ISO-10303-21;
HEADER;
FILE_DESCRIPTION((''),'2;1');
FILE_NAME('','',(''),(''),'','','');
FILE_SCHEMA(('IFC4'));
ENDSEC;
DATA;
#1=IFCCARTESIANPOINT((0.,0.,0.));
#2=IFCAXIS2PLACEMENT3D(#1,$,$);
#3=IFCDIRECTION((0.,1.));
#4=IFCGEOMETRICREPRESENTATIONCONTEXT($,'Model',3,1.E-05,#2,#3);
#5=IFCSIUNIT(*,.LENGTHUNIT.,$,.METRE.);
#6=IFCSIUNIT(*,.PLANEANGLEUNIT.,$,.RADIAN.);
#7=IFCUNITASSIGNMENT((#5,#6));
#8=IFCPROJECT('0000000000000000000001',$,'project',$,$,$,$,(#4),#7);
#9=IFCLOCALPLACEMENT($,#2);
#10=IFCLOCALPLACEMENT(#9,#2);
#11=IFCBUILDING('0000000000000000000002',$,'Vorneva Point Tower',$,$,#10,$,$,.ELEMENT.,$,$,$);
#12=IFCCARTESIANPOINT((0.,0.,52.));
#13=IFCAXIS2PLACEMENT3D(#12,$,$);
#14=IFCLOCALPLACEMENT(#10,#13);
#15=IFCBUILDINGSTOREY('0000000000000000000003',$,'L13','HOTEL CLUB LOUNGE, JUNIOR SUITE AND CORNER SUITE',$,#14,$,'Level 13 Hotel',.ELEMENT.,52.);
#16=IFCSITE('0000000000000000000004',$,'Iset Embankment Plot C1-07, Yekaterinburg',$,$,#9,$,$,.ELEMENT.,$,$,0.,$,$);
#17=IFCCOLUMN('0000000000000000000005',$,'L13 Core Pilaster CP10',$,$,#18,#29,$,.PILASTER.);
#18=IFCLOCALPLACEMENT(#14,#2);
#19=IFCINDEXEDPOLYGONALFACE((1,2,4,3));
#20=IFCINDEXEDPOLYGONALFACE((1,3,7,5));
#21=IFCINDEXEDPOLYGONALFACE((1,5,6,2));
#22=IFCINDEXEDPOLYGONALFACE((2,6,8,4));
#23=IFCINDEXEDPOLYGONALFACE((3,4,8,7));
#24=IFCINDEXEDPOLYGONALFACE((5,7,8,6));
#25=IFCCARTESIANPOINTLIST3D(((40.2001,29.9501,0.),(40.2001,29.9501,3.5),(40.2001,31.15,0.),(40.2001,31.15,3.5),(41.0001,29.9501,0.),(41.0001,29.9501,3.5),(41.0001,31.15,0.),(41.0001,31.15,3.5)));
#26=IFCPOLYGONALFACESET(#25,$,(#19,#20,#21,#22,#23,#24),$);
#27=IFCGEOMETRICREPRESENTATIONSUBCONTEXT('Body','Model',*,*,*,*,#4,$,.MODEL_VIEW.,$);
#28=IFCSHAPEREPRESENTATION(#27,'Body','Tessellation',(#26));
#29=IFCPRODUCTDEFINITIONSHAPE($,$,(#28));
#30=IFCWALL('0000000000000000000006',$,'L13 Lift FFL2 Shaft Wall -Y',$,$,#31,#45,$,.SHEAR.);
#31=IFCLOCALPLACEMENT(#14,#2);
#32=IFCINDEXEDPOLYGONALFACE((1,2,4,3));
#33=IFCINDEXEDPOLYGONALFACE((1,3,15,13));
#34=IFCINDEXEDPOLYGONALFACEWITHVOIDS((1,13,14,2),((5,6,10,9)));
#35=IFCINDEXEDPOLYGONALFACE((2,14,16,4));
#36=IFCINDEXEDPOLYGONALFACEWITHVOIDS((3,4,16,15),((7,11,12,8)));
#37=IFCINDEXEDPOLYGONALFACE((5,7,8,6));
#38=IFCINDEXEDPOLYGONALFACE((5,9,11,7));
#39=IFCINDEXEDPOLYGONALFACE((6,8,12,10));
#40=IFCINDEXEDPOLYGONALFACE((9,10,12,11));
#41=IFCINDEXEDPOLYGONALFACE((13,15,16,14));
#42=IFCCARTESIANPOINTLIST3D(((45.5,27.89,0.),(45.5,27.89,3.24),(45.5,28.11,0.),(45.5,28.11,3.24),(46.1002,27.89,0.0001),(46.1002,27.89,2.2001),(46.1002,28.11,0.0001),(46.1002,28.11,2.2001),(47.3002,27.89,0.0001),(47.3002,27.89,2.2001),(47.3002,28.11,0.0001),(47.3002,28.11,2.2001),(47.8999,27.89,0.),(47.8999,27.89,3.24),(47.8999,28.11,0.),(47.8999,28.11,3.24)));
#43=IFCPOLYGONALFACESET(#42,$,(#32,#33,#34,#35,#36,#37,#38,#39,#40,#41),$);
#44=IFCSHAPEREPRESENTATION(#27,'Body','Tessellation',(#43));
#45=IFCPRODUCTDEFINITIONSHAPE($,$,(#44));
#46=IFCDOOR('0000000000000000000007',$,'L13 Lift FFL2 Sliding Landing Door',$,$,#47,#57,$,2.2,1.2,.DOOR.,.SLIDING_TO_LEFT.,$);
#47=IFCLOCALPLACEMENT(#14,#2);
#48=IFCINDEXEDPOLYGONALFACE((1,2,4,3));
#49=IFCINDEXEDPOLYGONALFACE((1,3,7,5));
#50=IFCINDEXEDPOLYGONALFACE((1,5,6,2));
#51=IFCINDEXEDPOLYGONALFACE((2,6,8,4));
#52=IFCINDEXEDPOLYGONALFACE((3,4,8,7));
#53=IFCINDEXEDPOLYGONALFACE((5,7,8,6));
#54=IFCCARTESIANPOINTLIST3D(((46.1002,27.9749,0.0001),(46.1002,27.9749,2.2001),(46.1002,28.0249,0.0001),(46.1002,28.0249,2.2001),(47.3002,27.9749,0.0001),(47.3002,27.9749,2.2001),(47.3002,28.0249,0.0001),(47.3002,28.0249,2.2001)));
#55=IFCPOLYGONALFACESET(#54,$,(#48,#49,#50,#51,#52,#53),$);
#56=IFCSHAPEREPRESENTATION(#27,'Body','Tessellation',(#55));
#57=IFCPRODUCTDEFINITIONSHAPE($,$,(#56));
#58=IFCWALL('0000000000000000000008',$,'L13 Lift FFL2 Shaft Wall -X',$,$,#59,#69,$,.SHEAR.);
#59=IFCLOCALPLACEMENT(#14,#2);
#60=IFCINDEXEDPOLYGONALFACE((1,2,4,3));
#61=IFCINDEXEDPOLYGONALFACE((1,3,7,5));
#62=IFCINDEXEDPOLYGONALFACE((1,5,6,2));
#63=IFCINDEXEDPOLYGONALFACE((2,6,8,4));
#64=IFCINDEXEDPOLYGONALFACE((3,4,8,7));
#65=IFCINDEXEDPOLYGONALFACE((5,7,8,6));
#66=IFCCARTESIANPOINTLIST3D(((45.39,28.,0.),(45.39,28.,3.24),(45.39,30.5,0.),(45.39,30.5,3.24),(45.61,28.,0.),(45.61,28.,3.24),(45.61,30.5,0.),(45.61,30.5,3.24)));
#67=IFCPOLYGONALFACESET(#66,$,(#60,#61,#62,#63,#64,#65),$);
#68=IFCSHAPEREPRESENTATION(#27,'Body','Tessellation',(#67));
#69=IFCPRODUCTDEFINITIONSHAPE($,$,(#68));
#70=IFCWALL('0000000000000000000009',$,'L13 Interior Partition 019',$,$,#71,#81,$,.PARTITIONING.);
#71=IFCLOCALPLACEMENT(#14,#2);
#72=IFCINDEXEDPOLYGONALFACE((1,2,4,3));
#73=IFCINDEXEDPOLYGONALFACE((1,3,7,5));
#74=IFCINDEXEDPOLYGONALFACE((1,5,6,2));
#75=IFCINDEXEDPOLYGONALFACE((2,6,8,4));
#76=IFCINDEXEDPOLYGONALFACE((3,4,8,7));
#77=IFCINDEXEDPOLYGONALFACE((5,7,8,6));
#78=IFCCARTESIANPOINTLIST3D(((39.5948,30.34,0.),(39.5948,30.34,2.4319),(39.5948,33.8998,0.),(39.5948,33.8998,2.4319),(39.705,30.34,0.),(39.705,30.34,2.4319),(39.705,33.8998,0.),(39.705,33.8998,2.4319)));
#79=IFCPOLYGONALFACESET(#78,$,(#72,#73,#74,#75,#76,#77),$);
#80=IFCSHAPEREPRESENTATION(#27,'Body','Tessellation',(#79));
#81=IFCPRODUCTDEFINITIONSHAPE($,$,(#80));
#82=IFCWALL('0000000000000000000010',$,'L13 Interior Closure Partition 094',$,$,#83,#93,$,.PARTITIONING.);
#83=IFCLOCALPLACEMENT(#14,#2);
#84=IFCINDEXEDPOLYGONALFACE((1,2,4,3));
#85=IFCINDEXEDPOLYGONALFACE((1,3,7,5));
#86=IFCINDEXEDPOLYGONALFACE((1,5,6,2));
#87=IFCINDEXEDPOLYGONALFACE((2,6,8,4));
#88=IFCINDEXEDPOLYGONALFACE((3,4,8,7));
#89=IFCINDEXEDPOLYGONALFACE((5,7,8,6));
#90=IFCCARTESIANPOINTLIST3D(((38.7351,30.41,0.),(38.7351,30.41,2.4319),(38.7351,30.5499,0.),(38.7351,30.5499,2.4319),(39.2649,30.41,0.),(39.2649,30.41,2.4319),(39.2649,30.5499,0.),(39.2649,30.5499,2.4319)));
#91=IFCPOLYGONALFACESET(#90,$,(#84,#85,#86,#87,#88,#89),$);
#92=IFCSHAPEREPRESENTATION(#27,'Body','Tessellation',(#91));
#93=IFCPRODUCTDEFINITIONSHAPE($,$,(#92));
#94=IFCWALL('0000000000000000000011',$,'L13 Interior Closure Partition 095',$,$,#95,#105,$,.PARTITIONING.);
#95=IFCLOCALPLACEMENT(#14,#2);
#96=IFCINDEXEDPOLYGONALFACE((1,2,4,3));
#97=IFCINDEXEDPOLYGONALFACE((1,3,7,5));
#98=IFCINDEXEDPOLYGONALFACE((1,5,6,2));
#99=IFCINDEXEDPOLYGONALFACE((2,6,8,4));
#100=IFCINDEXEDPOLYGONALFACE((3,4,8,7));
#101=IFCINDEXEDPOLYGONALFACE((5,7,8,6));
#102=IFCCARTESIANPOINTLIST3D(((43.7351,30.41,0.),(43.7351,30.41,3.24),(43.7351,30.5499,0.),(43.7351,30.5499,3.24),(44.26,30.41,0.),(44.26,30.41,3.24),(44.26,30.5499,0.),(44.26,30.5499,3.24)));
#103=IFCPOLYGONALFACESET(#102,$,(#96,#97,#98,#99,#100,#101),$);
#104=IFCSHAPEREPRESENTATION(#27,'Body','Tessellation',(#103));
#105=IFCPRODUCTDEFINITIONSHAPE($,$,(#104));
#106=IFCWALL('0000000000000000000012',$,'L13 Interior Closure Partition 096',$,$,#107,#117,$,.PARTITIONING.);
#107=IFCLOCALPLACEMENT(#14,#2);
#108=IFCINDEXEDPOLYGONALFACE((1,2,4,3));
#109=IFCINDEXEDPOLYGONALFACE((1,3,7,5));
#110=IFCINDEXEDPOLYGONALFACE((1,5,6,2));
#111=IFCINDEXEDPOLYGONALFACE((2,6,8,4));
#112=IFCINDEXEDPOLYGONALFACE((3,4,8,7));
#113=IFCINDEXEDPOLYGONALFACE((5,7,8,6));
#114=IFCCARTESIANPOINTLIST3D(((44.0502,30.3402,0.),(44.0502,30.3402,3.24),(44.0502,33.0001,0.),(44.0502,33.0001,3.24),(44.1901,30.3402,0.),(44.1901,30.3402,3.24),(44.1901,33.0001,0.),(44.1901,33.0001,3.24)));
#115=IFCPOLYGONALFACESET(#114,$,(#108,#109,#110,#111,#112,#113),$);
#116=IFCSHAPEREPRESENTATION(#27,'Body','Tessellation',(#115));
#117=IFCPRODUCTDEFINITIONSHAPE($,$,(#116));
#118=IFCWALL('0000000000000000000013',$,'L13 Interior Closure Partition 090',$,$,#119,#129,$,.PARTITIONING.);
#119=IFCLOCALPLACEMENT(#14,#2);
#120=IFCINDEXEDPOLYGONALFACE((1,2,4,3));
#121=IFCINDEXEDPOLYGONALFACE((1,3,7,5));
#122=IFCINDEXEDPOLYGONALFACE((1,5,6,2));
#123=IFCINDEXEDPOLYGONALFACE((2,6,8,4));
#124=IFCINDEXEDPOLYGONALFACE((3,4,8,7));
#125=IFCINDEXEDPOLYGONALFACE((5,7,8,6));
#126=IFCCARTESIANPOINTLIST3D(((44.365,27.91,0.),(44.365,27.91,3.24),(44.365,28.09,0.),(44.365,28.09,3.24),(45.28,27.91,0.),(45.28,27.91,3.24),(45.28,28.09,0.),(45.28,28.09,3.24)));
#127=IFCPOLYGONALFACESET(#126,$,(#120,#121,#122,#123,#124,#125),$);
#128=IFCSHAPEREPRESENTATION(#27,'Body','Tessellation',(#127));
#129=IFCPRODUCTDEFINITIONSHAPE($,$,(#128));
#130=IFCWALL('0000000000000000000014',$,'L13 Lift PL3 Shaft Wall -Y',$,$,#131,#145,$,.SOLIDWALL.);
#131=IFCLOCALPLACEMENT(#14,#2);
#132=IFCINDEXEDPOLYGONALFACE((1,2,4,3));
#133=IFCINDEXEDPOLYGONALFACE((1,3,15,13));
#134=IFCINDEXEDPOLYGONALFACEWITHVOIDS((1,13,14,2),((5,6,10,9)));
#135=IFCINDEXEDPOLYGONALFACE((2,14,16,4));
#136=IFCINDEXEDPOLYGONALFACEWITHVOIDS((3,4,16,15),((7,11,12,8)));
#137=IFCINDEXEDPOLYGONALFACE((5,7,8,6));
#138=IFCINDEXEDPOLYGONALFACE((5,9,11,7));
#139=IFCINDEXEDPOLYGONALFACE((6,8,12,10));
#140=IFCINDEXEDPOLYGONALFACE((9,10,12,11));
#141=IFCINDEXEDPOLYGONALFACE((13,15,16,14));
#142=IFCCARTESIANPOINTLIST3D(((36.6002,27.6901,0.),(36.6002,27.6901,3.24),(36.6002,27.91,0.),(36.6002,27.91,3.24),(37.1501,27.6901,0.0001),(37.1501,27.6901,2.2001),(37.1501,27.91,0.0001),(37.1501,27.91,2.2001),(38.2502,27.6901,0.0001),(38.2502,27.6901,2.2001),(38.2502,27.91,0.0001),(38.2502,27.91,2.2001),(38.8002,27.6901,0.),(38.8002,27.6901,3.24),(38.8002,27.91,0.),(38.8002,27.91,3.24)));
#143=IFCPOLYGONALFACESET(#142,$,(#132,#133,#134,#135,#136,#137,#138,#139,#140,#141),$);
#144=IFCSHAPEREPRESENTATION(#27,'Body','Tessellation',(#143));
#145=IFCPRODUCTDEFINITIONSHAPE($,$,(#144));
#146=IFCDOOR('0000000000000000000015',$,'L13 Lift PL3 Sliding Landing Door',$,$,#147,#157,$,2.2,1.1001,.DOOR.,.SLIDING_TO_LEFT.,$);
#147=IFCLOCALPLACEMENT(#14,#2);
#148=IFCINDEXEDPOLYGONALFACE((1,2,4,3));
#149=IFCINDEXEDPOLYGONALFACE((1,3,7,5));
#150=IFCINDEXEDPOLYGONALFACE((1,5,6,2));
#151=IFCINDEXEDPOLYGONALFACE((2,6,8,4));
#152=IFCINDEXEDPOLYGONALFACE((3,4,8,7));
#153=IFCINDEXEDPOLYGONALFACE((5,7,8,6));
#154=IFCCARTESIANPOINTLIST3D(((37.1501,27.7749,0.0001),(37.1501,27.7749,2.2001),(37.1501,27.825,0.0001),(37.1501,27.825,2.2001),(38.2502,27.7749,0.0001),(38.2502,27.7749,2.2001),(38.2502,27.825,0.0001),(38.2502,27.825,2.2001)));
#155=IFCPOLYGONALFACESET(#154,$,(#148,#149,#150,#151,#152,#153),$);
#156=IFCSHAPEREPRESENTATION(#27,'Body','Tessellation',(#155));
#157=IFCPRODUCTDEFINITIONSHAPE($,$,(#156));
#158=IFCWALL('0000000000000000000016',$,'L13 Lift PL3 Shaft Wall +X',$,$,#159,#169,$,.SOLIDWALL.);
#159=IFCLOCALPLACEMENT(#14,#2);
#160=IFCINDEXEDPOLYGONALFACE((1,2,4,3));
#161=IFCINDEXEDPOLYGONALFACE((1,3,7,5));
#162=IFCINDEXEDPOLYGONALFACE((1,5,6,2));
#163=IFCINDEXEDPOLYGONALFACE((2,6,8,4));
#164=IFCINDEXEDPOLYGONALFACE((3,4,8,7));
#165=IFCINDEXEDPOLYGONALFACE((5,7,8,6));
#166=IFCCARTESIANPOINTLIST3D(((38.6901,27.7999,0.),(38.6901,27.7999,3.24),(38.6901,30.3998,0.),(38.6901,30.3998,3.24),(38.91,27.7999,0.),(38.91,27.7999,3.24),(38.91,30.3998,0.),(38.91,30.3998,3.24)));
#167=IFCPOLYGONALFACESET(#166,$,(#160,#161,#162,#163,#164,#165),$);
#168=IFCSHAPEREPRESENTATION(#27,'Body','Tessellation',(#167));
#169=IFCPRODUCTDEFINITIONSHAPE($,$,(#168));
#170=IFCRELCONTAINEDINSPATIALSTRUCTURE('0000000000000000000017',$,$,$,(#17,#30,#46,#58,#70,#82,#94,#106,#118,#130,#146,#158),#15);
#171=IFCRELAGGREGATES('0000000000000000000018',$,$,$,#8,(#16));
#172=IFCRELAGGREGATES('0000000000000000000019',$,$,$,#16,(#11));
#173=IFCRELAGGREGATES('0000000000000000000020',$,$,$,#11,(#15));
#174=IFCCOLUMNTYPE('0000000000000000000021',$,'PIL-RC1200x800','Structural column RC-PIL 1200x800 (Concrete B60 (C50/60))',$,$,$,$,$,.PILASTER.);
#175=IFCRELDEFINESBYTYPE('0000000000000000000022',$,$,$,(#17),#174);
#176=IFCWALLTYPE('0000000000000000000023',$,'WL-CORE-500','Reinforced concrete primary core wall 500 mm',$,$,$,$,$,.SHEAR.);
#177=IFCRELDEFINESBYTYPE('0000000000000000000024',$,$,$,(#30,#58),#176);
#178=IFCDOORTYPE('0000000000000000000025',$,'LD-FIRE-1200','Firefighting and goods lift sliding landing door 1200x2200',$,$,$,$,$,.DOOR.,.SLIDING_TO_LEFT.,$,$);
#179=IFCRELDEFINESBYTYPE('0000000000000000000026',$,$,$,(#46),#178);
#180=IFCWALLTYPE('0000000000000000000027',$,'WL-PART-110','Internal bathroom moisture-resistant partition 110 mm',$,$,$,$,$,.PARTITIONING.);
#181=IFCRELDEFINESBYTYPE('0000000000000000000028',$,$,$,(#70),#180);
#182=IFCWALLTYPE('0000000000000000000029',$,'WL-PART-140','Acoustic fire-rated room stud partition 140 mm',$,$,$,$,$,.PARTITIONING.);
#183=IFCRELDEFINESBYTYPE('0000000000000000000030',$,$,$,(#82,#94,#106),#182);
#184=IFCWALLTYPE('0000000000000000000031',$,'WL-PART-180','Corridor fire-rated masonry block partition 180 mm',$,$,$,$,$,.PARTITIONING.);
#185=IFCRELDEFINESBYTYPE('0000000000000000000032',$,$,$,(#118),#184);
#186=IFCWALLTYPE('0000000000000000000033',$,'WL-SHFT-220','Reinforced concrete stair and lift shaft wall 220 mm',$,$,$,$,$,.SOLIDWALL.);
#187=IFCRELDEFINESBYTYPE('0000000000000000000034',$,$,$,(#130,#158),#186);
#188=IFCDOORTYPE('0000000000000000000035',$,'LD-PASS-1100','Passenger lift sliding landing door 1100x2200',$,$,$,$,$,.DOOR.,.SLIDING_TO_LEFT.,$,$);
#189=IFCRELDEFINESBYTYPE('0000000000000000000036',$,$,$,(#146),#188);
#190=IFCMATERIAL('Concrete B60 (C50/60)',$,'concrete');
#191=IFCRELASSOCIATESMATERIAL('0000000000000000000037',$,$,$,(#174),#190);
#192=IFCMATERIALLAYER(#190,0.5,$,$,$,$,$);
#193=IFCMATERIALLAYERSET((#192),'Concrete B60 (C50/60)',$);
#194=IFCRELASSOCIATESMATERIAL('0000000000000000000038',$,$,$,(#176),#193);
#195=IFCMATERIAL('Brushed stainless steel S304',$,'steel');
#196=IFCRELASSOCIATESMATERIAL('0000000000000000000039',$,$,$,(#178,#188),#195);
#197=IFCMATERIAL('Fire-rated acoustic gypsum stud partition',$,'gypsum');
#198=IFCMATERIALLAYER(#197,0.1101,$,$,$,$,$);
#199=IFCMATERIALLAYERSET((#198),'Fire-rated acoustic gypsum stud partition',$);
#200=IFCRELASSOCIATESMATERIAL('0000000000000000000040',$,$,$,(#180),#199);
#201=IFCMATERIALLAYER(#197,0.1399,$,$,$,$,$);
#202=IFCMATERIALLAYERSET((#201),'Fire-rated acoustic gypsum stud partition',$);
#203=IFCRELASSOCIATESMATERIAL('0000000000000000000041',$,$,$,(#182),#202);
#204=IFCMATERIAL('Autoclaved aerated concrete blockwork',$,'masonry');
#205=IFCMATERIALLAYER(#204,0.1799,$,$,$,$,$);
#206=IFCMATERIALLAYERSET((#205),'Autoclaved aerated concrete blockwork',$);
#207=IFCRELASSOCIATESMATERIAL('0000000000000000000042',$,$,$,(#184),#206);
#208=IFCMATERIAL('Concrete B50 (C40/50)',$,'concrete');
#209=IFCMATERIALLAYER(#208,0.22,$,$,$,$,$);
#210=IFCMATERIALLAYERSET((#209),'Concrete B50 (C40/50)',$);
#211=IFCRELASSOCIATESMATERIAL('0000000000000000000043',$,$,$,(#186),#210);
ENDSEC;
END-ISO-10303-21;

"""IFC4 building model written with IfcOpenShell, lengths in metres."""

from ifc_helpers import new_model, si_unit, direction, frame, frame_2d, origin, origin_2d, place, context, subcontext, project, spatial, rectangle, extrude, material, layer, layer_set, material_profile, profile_set, type_object, element, fill, save


model = new_model("IFC4")

# Units and contexts
model_context = context("Model", 3, precision=1e-05, world=origin(), true_north=direction((0.0, 1.0)))
body_context = subcontext(model_context, "Body", "Model", "MODEL_VIEW")
ifc_project = project(units=[si_unit("LENGTHUNIT", "METRE"), si_unit("PLANEANGLEUNIT", "RADIAN")], contexts=[model_context])

# Site, building, storey
site_placement = place(None, origin())
site = spatial("IfcSite", under=ifc_project, at=site_placement, Name="Iset Embankment Plot C1-07, Yekaterinburg", CompositionType="ELEMENT", RefElevation=0.0)
building_placement = place(site_placement, origin())
building = spatial("IfcBuilding", under=site, at=building_placement, Name="Vorneva Point Tower", CompositionType="ELEMENT")
storey_placement = place(building_placement, frame((0.0, 0.0, 52.0)))
storey = spatial("IfcBuildingStorey", under=building, at=storey_placement, Name="L13", Description="HOTEL CLUB LOUNGE, JUNIOR SUITE AND CORNER SUITE", LongName="Level 13 Hotel", CompositionType="ELEMENT", Elevation=52.0)

# Column
ifc_material_1 = material(Name="Concrete B60 (C50/60)", Category="concrete")
ifc_material_profile = material_profile(ifc_material_1, rectangle(XDim=0.8, YDim=1.2, at=origin_2d()), Name="RC-PIL 1200x800")
ifc_profile_set = profile_set([ifc_material_profile], Name="Concrete B60 (C50/60)")
column_type = type_object("IfcColumnType", Name="PIL-RC1200x800", Description="Structural column RC-PIL 1200x800 (Concrete B60 (C50/60))", PredefinedType="PILASTER", material=ifc_profile_set)
column_placement = place(storey_placement, frame((40.6001, 30.55, 0.0), z_axis=(0.0, 0.0, 1.0), x_axis=(1.0, 0.0, 0.0)))
element("IfcColumn", 1, at=column_placement, inside=storey, type_object=column_type, Name="L13 Core Pilaster CP10", PredefinedType="PILASTER", context=body_context, shape_type="SweptSolid", body=[
    extrude(rectangle(XDim=0.8, YDim=1.2, at=origin_2d()), origin(), (0.0, 0.0, 1.0), 3.5),
])

# Wall, opening, door
ifc_layer_1 = layer(ifc_material_1, 0.5)
ifc_layer_set_1 = layer_set([ifc_layer_1], Name="Concrete B60 (C50/60)")
wall_type_1 = type_object("IfcWallType", Name="WL-CORE-500", Description="Reinforced concrete primary core wall 500 mm", PredefinedType="SHEAR", material=ifc_layer_set_1)
wall_1_placement = place(storey_placement, frame((45.5, 28.0, 0.0), z_axis=(0.0, 0.0, 1.0), x_axis=(1.0, 0.0, 0.0)))
wall_1 = element("IfcWall", 2, at=wall_1_placement, inside=storey, type_object=wall_type_1, Name="L13 Lift FFL2 Shaft Wall -Y", PredefinedType="SHEAR", context=body_context, shape_type="SweptSolid", body=[
    extrude(rectangle(XDim=2.3999, YDim=0.22, at=frame_2d((1.2, 0.0))), origin(), (0.0, 0.0, 1.0), 3.24),
])
opening_1_placement = place(wall_1_placement, frame((0.6001, 0.0, 0.0)))
opening_1 = element("IfcOpeningElement", 3, at=opening_1_placement, cuts=wall_1, PredefinedType="OPENING", context=body_context, shape_type="SweptSolid", body=[
    extrude(rectangle(XDim=1.2, YDim=2.2, at=frame_2d((0.6001, 1.1001))), frame((0.0, 0.125, 0.0), z_axis=(0.0, -1.0, 0.0), x_axis=(1.0, 0.0, 0.0)), (0.0, 0.0, 1.0), 0.2498),
])
ifc_material_2 = material(Name="Brushed stainless steel S304", Category="steel")
door_type_1 = type_object("IfcDoorType", Name="LD-FIRE-1200", Description="Firefighting and goods lift sliding landing door 1200x2200", OperationType="SLIDING_TO_LEFT", PredefinedType="DOOR", material=ifc_material_2)
door_1_placement = place(opening_1_placement, origin())
door_1 = element("IfcDoor", 4, at=door_1_placement, inside=storey, type_object=door_type_1, Name="L13 Lift FFL2 Sliding Landing Door", OperationType="SLIDING_TO_LEFT", OverallHeight=2.2, OverallWidth=1.2, PredefinedType="DOOR", context=body_context, shape_type="SweptSolid", body=[
    extrude(rectangle(XDim=1.2, YDim=2.2, at=frame_2d((0.6001, 1.1001))), frame((0.0, 0.0249, 0.0), z_axis=(0.0, -1.0, 0.0), x_axis=(1.0, 0.0, 0.0)), (0.0, 0.0, 1.0), 0.05),
])
fill(opening_1, door_1)

# Walls
wall_2_placement = place(storey_placement, frame((45.5, 30.5, 0.0), z_axis=(0.0, 0.0, 1.0), x_axis=(0.0, -1.0, 0.0)))
element("IfcWall", 5, at=wall_2_placement, inside=storey, type_object=wall_type_1, Name="L13 Lift FFL2 Shaft Wall -X", PredefinedType="SHEAR", context=body_context, shape_type="SweptSolid", body=[
    extrude(rectangle(XDim=2.5, YDim=0.22, at=frame_2d((1.25, 0.0))), origin(), (0.0, 0.0, 1.0), 3.24),
])
ifc_material_3 = material(Name="Fire-rated acoustic gypsum stud partition", Category="gypsum")
ifc_layer_2 = layer(ifc_material_3, 0.1101)
ifc_layer_set_2 = layer_set([ifc_layer_2], Name="Fire-rated acoustic gypsum stud partition")
wall_type_2 = type_object("IfcWallType", Name="WL-PART-110", Description="Internal bathroom moisture-resistant partition 110 mm", PredefinedType="PARTITIONING", material=ifc_layer_set_2)
wall_3_placement = place(storey_placement, frame((39.6499, 30.3401, 0.0), z_axis=(0.0, 0.0, 1.0), x_axis=(0.0, 1.0, 0.0)))
element("IfcWall", 6, at=wall_3_placement, inside=storey, type_object=wall_type_2, Name="L13 Interior Partition 019", PredefinedType="PARTITIONING", context=body_context, shape_type="SweptSolid", body=[
    extrude(rectangle(XDim=3.5598, YDim=0.1101, at=frame_2d((1.7798, 0.0))), origin(), (0.0, 0.0, 1.0), 2.4319),
])
ifc_layer_3 = layer(ifc_material_3, 0.1399)
ifc_layer_set_3 = layer_set([ifc_layer_3], Name="Fire-rated acoustic gypsum stud partition")
wall_type_3 = type_object("IfcWallType", Name="WL-PART-140", Description="Acoustic fire-rated room stud partition 140 mm", PredefinedType="PARTITIONING", material=ifc_layer_set_3)
wall_4_placement = place(storey_placement, frame((38.7351, 30.48, 0.0), z_axis=(0.0, 0.0, 1.0), x_axis=(1.0, 0.0, 0.0)))
element("IfcWall", 7, at=wall_4_placement, inside=storey, type_object=wall_type_3, Name="L13 Interior Closure Partition 094", PredefinedType="PARTITIONING", context=body_context, shape_type="SweptSolid", body=[
    extrude(rectangle(XDim=0.5298, YDim=0.1399, at=frame_2d((0.2649, 0.0))), origin(), (0.0, 0.0, 1.0), 2.4319),
])
wall_5_placement = place(storey_placement, frame((43.7351, 30.48, 0.0), z_axis=(0.0, 0.0, 1.0), x_axis=(1.0, 0.0, 0.0)))
element("IfcWall", 8, at=wall_5_placement, inside=storey, type_object=wall_type_3, Name="L13 Interior Closure Partition 095", PredefinedType="PARTITIONING", context=body_context, shape_type="SweptSolid", body=[
    extrude(rectangle(XDim=0.5249, YDim=0.1399, at=frame_2d((0.2625, 0.0))), origin(), (0.0, 0.0, 1.0), 3.24),
])
wall_6_placement = place(storey_placement, frame((44.1201, 30.3401, 0.0), z_axis=(0.0, 0.0, 1.0), x_axis=(0.0, 1.0, 0.0)))
element("IfcWall", 9, at=wall_6_placement, inside=storey, type_object=wall_type_3, Name="L13 Interior Closure Partition 096", PredefinedType="PARTITIONING", context=body_context, shape_type="SweptSolid", body=[
    extrude(rectangle(XDim=2.6599, YDim=0.1399, at=frame_2d((1.3301, 0.0))), origin(), (0.0, 0.0, 1.0), 3.24),
])

# Shared definitions
ifc_material_4 = material(Name="Autoclaved aerated concrete blockwork", Category="masonry")
ifc_layer_4 = layer(ifc_material_4, 0.1799)
ifc_layer_set_4 = layer_set([ifc_layer_4], Name="Autoclaved aerated concrete blockwork")
wall_type_4 = type_object("IfcWallType", Name="WL-PART-180", Description="Corridor fire-rated masonry block partition 180 mm", PredefinedType="PARTITIONING", material=ifc_layer_set_4)

# Wall
wall_7_placement = place(storey_placement, frame((45.28, 28.0, 0.0), z_axis=(0.0, 0.0, 1.0), x_axis=(-1.0, 0.0, 0.0)))
element("IfcWall", 10, at=wall_7_placement, inside=storey, type_object=wall_type_4, Name="L13 Interior Closure Partition 090", PredefinedType="PARTITIONING", context=body_context, shape_type="SweptSolid", body=[
    extrude(rectangle(XDim=0.915, YDim=0.1799, at=frame_2d((0.4575, 0.0))), origin(), (0.0, 0.0, 1.0), 3.24),
])

# Wall, opening, door
ifc_material_5 = material(Name="Concrete B50 (C40/50)", Category="concrete")
ifc_layer_5 = layer(ifc_material_5, 0.22)
ifc_layer_set_5 = layer_set([ifc_layer_5], Name="Concrete B50 (C40/50)")
wall_type_5 = type_object("IfcWallType", Name="WL-SHFT-220", Description="Reinforced concrete stair and lift shaft wall 220 mm", PredefinedType="SOLIDWALL", material=ifc_layer_set_5)
wall_8_placement = place(storey_placement, frame((36.6001, 27.8, 0.0), z_axis=(0.0, 0.0, 1.0), x_axis=(1.0, 0.0, 0.0)))
wall_8 = element("IfcWall", 11, at=wall_8_placement, inside=storey, type_object=wall_type_5, Name="L13 Lift PL3 Shaft Wall -Y", PredefinedType="SOLIDWALL", context=body_context, shape_type="SweptSolid", body=[
    extrude(rectangle(XDim=2.2, YDim=0.22, at=frame_2d((1.1001, 0.0))), origin(), (0.0, 0.0, 1.0), 3.24),
])
opening_2_placement = place(wall_8_placement, frame((0.55, 0.0, 0.0)))
opening_2 = element("IfcOpeningElement", 12, at=opening_2_placement, cuts=wall_8, PredefinedType="OPENING", context=body_context, shape_type="SweptSolid", body=[
    extrude(rectangle(XDim=1.1001, YDim=2.2, at=frame_2d((0.55, 1.1001))), frame((0.0, 0.125, 0.0), z_axis=(0.0, -1.0, 0.0), x_axis=(1.0, 0.0, 0.0)), (0.0, 0.0, 1.0), 0.2498),
])
door_type_2 = type_object("IfcDoorType", Name="LD-PASS-1100", Description="Passenger lift sliding landing door 1100x2200", OperationType="SLIDING_TO_LEFT", PredefinedType="DOOR", material=ifc_material_2)
door_2_placement = place(opening_2_placement, origin())
door_2 = element("IfcDoor", 13, at=door_2_placement, inside=storey, type_object=door_type_2, Name="L13 Lift PL3 Sliding Landing Door", OperationType="SLIDING_TO_LEFT", OverallHeight=2.2, OverallWidth=1.1001, PredefinedType="DOOR", context=body_context, shape_type="SweptSolid", body=[
    extrude(rectangle(XDim=1.1001, YDim=2.2, at=frame_2d((0.55, 1.1001))), frame((0.0, 0.0249, 0.0), z_axis=(0.0, -1.0, 0.0), x_axis=(1.0, 0.0, 0.0)), (0.0, 0.0, 1.0), 0.05),
])
fill(opening_2, door_2)

# Wall
wall_9_placement = place(storey_placement, frame((38.8, 27.8, 0.0), z_axis=(0.0, 0.0, 1.0), x_axis=(0.0, 1.0, 0.0)))
element("IfcWall", 14, at=wall_9_placement, inside=storey, type_object=wall_type_5, Name="L13 Lift PL3 Shaft Wall +X", PredefinedType="SOLIDWALL", context=body_context, shape_type="SweptSolid", body=[
    extrude(rectangle(XDim=2.5999, YDim=0.22, at=frame_2d((1.2998, 0.0))), origin(), (0.0, 0.0, 1.0), 3.24),
])

save(model, "model.ifc")
